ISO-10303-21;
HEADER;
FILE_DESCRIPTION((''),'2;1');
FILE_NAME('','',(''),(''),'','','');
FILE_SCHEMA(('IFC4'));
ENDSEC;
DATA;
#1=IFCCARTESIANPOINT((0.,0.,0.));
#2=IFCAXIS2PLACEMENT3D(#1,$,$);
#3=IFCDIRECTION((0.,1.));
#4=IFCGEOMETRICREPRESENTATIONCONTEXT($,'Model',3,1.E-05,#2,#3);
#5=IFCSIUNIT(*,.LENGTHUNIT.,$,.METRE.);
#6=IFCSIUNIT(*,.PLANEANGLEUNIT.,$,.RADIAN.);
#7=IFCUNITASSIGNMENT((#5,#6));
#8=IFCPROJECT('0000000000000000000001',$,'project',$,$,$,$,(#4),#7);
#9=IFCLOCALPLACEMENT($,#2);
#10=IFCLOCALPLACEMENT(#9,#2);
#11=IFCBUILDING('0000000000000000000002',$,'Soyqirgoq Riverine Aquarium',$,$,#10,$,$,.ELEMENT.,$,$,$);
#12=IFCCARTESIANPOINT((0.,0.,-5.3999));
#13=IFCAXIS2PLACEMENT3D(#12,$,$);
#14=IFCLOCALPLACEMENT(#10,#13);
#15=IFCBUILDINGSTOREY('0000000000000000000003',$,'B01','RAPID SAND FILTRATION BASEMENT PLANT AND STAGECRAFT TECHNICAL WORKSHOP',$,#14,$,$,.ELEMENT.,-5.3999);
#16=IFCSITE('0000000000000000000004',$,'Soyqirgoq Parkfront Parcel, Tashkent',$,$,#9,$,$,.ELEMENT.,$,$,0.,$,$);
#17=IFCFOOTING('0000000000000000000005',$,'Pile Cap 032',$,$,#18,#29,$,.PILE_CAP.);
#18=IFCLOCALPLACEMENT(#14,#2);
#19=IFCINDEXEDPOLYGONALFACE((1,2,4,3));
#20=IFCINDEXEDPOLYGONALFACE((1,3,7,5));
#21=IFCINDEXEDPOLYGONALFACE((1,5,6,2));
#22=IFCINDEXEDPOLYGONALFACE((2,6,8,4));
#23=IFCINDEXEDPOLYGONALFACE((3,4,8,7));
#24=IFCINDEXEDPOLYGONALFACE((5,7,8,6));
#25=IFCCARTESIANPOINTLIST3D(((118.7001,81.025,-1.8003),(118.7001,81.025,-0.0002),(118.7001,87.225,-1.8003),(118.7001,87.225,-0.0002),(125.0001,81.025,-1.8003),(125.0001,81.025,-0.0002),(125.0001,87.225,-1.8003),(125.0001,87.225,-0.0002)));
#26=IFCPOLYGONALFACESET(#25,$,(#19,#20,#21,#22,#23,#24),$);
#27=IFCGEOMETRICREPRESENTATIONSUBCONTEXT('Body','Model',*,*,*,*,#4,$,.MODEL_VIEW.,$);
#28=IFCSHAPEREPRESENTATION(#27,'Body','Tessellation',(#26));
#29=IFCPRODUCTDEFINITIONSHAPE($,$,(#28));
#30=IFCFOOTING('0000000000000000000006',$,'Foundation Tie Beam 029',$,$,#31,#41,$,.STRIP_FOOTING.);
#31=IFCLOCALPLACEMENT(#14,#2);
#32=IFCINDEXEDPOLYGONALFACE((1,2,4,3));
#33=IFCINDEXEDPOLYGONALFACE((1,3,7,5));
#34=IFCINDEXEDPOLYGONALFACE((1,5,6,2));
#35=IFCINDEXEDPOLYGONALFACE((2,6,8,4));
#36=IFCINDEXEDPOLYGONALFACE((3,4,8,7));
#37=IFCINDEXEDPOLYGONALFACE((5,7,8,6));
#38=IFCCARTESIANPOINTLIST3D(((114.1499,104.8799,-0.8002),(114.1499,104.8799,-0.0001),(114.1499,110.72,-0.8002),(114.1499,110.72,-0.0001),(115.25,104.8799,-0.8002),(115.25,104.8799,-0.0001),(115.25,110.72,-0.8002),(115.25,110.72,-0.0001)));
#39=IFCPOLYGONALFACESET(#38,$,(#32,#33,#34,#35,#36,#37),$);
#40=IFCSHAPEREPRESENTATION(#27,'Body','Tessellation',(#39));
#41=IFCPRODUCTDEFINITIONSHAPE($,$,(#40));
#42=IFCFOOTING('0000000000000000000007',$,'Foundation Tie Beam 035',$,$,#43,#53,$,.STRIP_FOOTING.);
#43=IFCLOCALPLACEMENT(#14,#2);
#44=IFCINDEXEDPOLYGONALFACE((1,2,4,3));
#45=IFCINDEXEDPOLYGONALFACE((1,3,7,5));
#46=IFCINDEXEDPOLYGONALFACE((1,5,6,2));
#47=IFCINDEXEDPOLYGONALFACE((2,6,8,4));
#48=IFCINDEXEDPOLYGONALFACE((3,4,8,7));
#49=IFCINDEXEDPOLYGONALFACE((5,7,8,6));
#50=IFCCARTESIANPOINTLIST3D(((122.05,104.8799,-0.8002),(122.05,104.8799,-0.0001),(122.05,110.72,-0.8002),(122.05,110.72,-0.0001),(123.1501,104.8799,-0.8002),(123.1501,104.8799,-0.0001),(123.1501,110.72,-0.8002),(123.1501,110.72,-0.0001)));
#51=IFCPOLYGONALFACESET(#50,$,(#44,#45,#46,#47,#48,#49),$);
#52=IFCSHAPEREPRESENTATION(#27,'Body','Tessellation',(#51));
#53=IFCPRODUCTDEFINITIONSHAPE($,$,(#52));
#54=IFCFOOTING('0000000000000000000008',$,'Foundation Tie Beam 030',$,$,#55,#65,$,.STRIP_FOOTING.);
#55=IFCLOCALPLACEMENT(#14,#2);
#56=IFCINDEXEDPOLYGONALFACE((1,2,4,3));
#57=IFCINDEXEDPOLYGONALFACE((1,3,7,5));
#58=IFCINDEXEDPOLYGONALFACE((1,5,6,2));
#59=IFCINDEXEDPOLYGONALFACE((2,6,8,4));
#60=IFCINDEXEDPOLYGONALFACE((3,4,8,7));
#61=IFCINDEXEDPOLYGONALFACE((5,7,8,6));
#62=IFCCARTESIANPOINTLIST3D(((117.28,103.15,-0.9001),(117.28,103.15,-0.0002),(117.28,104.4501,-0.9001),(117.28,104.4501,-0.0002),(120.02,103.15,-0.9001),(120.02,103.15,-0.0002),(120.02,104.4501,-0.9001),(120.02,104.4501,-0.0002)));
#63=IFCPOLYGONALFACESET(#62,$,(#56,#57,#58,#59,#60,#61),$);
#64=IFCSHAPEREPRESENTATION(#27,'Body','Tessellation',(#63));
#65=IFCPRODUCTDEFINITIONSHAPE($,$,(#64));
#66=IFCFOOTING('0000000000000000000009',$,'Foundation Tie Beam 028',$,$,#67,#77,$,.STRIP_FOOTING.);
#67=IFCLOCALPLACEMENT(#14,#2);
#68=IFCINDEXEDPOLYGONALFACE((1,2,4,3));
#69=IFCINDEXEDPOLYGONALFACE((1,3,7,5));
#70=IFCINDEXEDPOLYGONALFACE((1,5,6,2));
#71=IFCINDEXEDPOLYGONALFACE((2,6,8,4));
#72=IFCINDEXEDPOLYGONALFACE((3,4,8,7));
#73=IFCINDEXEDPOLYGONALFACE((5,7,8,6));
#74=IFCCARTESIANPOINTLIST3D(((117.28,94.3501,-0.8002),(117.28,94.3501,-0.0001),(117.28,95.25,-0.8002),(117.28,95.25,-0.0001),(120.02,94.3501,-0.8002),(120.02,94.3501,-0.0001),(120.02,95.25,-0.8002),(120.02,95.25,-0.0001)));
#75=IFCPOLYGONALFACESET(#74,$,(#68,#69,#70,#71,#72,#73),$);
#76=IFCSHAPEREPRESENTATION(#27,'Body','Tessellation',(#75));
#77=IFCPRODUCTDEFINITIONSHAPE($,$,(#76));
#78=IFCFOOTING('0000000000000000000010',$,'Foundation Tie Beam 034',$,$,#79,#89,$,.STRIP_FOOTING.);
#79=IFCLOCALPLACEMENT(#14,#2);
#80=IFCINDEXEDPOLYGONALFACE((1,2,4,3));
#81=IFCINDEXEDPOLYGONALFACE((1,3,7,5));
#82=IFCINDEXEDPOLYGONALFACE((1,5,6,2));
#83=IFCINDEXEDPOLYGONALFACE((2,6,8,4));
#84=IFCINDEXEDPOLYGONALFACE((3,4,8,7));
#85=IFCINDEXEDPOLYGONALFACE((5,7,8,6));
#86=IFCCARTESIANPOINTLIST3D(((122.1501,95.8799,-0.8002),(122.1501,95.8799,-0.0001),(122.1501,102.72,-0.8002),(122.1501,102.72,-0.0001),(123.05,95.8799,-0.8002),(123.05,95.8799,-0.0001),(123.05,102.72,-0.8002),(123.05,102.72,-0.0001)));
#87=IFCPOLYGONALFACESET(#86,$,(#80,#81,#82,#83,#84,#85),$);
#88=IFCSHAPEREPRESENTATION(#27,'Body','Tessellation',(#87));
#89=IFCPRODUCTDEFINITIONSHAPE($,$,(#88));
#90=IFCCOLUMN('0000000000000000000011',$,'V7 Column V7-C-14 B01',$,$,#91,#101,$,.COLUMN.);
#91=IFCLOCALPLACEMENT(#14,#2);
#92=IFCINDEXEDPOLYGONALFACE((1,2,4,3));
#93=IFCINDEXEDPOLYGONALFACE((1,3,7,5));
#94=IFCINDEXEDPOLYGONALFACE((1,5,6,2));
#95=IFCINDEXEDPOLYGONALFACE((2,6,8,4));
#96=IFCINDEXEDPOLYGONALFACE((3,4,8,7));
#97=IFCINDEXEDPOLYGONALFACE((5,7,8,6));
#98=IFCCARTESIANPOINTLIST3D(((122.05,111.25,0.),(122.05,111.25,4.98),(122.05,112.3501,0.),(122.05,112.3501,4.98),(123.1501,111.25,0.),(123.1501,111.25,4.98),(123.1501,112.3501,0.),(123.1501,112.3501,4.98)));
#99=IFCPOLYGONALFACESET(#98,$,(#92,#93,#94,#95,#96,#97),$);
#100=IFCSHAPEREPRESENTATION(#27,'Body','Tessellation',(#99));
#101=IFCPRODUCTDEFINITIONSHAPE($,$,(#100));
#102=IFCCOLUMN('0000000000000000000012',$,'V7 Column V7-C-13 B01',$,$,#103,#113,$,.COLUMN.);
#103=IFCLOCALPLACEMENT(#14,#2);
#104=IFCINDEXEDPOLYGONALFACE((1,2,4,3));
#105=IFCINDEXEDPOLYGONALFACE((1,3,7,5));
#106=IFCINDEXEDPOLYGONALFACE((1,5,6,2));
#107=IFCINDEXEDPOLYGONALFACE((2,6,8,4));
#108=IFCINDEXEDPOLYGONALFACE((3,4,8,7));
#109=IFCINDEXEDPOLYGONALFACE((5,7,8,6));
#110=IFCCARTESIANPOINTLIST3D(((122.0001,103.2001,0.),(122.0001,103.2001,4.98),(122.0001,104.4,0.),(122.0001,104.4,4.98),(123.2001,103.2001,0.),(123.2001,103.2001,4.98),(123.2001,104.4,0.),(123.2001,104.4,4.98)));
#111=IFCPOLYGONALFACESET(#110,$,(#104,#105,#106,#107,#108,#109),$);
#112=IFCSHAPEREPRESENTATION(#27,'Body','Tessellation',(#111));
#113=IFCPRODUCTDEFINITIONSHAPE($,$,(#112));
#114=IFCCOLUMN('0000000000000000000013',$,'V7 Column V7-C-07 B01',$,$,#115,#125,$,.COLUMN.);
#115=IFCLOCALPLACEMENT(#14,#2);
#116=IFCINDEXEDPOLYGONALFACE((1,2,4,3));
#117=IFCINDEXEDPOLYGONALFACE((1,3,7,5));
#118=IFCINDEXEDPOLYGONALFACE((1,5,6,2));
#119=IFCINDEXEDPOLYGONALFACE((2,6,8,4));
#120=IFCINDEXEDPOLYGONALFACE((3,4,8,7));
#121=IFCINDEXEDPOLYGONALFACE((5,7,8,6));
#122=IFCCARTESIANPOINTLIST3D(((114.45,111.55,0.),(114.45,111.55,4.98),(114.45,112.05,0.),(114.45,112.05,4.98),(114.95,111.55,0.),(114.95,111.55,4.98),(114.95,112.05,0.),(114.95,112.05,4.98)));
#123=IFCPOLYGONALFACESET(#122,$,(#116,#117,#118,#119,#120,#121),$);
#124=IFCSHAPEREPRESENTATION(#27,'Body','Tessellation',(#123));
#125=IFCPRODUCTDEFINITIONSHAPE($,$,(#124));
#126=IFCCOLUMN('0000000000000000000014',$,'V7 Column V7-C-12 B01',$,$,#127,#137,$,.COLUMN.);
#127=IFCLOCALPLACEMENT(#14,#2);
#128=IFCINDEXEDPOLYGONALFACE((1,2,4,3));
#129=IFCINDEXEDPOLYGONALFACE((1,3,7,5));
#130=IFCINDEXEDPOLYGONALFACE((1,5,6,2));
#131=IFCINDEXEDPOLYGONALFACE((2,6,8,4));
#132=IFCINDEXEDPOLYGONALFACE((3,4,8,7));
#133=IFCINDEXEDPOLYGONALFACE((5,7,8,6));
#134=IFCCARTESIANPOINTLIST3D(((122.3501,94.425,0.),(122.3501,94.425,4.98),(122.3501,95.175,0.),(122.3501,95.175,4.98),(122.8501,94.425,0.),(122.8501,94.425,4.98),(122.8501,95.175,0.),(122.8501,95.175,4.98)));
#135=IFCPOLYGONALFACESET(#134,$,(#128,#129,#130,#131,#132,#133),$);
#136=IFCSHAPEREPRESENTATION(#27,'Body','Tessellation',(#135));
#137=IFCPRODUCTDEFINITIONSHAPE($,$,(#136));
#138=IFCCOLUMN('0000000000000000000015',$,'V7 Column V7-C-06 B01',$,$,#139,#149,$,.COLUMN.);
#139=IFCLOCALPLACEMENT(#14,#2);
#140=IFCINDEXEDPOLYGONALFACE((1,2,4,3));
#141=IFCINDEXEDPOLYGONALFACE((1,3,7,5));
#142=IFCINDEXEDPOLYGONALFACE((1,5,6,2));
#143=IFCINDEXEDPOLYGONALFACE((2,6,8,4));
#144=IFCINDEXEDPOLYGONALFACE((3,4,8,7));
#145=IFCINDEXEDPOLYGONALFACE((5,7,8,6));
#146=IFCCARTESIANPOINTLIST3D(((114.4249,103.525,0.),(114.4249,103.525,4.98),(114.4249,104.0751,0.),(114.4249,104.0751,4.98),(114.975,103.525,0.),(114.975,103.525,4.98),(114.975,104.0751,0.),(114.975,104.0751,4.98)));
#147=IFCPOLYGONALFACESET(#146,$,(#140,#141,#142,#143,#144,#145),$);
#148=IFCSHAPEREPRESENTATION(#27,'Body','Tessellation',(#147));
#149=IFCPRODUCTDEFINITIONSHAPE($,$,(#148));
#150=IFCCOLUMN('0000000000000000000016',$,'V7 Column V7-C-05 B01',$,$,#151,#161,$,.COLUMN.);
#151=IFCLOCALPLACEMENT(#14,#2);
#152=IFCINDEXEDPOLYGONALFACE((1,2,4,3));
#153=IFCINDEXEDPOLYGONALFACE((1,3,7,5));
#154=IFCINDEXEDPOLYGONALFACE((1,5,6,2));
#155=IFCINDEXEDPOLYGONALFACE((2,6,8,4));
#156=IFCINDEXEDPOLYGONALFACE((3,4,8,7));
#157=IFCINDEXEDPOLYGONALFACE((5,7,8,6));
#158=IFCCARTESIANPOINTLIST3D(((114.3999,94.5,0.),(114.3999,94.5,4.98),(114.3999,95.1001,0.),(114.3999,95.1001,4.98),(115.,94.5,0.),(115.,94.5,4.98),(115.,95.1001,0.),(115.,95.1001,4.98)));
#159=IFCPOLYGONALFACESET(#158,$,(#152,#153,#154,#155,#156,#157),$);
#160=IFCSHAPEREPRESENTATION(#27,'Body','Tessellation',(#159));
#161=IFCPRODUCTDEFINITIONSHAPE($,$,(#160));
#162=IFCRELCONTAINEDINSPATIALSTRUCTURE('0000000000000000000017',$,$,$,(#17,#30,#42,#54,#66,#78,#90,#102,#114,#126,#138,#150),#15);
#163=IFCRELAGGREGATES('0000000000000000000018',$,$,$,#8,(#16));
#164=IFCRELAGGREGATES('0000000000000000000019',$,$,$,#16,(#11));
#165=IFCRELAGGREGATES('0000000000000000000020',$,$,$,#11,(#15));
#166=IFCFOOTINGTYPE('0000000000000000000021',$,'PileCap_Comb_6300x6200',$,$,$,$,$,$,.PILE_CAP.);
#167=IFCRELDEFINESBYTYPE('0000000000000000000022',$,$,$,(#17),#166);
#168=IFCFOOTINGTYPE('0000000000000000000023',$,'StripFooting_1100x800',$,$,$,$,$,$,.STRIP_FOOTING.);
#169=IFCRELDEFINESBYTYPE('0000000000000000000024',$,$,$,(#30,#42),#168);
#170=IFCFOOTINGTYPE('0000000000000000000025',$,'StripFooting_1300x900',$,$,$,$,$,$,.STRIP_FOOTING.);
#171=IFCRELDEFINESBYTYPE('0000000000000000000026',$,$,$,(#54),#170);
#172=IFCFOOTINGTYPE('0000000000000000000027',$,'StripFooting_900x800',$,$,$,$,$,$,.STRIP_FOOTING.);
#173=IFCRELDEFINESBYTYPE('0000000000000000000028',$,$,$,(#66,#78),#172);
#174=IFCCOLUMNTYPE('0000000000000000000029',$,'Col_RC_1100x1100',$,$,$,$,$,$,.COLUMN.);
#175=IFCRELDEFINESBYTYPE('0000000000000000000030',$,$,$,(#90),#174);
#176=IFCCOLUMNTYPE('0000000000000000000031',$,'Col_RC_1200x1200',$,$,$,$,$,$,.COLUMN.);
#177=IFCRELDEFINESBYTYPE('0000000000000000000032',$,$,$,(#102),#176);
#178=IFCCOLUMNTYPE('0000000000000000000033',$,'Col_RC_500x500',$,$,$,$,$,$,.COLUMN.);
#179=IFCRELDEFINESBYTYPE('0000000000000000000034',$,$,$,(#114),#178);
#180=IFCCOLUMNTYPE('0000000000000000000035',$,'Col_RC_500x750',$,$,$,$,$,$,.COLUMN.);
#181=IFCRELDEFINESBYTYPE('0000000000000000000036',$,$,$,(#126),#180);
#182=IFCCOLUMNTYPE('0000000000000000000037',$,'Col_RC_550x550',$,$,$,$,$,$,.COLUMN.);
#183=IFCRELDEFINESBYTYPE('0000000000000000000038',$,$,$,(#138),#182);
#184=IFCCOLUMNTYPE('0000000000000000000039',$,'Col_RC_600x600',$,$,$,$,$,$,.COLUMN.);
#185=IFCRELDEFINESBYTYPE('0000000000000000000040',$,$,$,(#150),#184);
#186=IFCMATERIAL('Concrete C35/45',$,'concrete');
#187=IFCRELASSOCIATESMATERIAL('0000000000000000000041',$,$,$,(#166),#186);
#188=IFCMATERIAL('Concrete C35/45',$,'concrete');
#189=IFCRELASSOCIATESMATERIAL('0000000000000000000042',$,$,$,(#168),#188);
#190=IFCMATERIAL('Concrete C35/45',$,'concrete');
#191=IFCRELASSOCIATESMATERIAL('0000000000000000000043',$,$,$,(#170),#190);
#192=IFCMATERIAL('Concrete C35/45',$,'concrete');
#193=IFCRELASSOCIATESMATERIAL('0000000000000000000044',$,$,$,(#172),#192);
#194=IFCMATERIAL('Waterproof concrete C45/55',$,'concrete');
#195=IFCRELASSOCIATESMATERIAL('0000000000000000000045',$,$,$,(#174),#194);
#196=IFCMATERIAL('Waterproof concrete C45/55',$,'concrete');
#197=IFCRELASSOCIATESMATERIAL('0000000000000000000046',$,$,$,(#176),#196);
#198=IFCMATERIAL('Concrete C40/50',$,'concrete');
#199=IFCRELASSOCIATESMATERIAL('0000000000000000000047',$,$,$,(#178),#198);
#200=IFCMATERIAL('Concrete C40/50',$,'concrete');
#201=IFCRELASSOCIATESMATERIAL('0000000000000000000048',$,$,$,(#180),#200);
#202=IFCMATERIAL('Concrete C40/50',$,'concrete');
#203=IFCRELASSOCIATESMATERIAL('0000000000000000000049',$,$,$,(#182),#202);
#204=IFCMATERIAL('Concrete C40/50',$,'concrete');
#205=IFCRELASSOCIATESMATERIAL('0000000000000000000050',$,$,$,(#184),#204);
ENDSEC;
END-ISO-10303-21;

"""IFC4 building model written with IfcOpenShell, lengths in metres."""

from ifc_helpers import new_model, si_unit, direction, frame, origin, origin_2d, place, context, subcontext, project, spatial, rectangle, extrude, material, material_profile, profile_set, type_object, element, save


model = new_model("IFC4")

# Units and contexts
model_context = context("Model", 3, precision=1e-05, world=origin(), true_north=direction((0.0, 1.0)))
body_context = subcontext(model_context, "Body", "Model", "MODEL_VIEW")
ifc_project = project(units=[si_unit("LENGTHUNIT", "METRE"), si_unit("PLANEANGLEUNIT", "RADIAN")], contexts=[model_context])

# Site, building, storey
site_placement = place(None, origin())
site = spatial("IfcSite", under=ifc_project, at=site_placement, Name="Soyqirgoq Parkfront Parcel, Tashkent", CompositionType="ELEMENT", RefElevation=0.0)
building_placement = place(site_placement, origin())
building = spatial("IfcBuilding", under=site, at=building_placement, Name="Soyqirgoq Riverine Aquarium", CompositionType="ELEMENT")
storey_placement = place(building_placement, frame((0.0, 0.0, -5.3999)))
storey = spatial("IfcBuildingStorey", under=building, at=storey_placement, Name="B01", Description="RAPID SAND FILTRATION BASEMENT PLANT AND STAGECRAFT TECHNICAL WORKSHOP", CompositionType="ELEMENT", Elevation=-5.3999)

# Footings
ifc_material_1 = material(Name="Concrete C35/45", Category="concrete")
footing_type_1 = type_object("IfcFootingType", Name="PileCap_Comb_6300x6200", PredefinedType="PILE_CAP", material=ifc_material_1)
footing_1_placement = place(storey_placement, frame((121.8501, 84.125, -1.8003), z_axis=(0.0, 0.0, 1.0), x_axis=(1.0, 0.0, 0.0)))
element("IfcFooting", 1, at=footing_1_placement, inside=storey, type_object=footing_type_1, Name="Pile Cap 032", PredefinedType="PILE_CAP", context=body_context, shape_type="SweptSolid", body=[
    extrude(rectangle(XDim=6.3, YDim=6.2, at=origin_2d()), origin(), (0.0, 0.0, 1.0), 1.8),
])
ifc_material_2 = material(Name="Concrete C35/45", Category="concrete")
ifc_material_profile_1 = material_profile(ifc_material_2, rectangle(XDim=1.1001, YDim=0.8, at=origin_2d()), Name="RC 1100x800")
ifc_profile_set_1 = profile_set([ifc_material_profile_1], Name="Concrete C35/45")
footing_type_2 = type_object("IfcFootingType", Name="StripFooting_1100x800", PredefinedType="STRIP_FOOTING", material=ifc_profile_set_1)
for number, where, z_axis, x_axis, name in (
    (2, (114.7, 104.8799, -0.4001), (0.0, 1.0, 0.0), (-1.0, 0.0, 0.0), "Foundation Tie Beam 029"),
    (3, (122.6001, 104.8799, -0.4001), (0.0, 1.0, 0.0), (-1.0, 0.0, 0.0), "Foundation Tie Beam 035"),
):
    element("IfcFooting", number, at=place(storey_placement, frame(where, z_axis=z_axis, x_axis=x_axis)), inside=storey, type_object=footing_type_2, Name=name, PredefinedType="STRIP_FOOTING", context=body_context, shape_type="SweptSolid", body=[
        extrude(rectangle(XDim=1.1001, YDim=0.8, at=origin_2d()), origin(), (0.0, 0.0, 1.0), 5.8401),
    ])
ifc_material_3 = material(Name="Concrete C35/45", Category="concrete")
ifc_material_profile_2 = material_profile(ifc_material_3, rectangle(XDim=1.3, YDim=0.8999, at=origin_2d()), Name="RC 1300x900")
ifc_profile_set_2 = profile_set([ifc_material_profile_2], Name="Concrete C35/45")
footing_type_3 = type_object("IfcFootingType", Name="StripFooting_1300x900", PredefinedType="STRIP_FOOTING", material=ifc_profile_set_2)
footing_2_placement = place(storey_placement, frame((117.28, 103.8, -0.4502), z_axis=(1.0, 0.0, 0.0), x_axis=(0.0, 1.0, 0.0)))
element("IfcFooting", 4, at=footing_2_placement, inside=storey, type_object=footing_type_3, Name="Foundation Tie Beam 030", PredefinedType="STRIP_FOOTING", context=body_context, shape_type="SweptSolid", body=[
    extrude(rectangle(XDim=1.3, YDim=0.8999, at=origin_2d()), origin(), (0.0, 0.0, 1.0), 2.74),
])
ifc_material_4 = material(Name="Concrete C35/45", Category="concrete")
ifc_material_profile_3 = material_profile(ifc_material_4, rectangle(XDim=0.8999, YDim=0.8, at=origin_2d()), Name="RC 900x800")
ifc_profile_set_3 = profile_set([ifc_material_profile_3], Name="Concrete C35/45")
footing_type_4 = type_object("IfcFootingType", Name="StripFooting_900x800", PredefinedType="STRIP_FOOTING", material=ifc_profile_set_3)
footing_3_placement = place(storey_placement, frame((117.28, 94.8, -0.4001), z_axis=(1.0, 0.0, 0.0), x_axis=(0.0, 1.0, 0.0)))
element("IfcFooting", 5, at=footing_3_placement, inside=storey, type_object=footing_type_4, Name="Foundation Tie Beam 028", PredefinedType="STRIP_FOOTING", context=body_context, shape_type="SweptSolid", body=[
    extrude(rectangle(XDim=0.8999, YDim=0.8, at=origin_2d()), origin(), (0.0, 0.0, 1.0), 2.74),
])
footing_4_placement = place(storey_placement, frame((122.6001, 95.8799, -0.4001), z_axis=(0.0, 1.0, 0.0), x_axis=(-1.0, 0.0, 0.0)))
element("IfcFooting", 6, at=footing_4_placement, inside=storey, type_object=footing_type_4, Name="Foundation Tie Beam 034", PredefinedType="STRIP_FOOTING", context=body_context, shape_type="SweptSolid", body=[
    extrude(rectangle(XDim=0.8999, YDim=0.8, at=origin_2d()), origin(), (0.0, 0.0, 1.0), 6.8401),
])

# Columns
ifc_material_5 = material(Name="Waterproof concrete C45/55", Category="concrete")
ifc_material_profile_4 = material_profile(ifc_material_5, rectangle(XDim=1.1001, YDim=1.1001, at=origin_2d()), Name="RC 1100x1100")
ifc_profile_set_4 = profile_set([ifc_material_profile_4], Name="Waterproof concrete C45/55")
column_type_1 = type_object("IfcColumnType", Name="Col_RC_1100x1100", PredefinedType="COLUMN", material=ifc_profile_set_4)
column_1_placement = place(storey_placement, frame((122.6001, 111.8, 0.0), z_axis=(0.0, 0.0, 1.0), x_axis=(1.0, 0.0, 0.0)))
element("IfcColumn", 7, at=column_1_placement, inside=storey, type_object=column_type_1, Name="V7 Column V7-C-14 B01", PredefinedType="COLUMN", context=body_context, shape_type="SweptSolid", body=[
    extrude(rectangle(XDim=1.1001, YDim=1.1001, at=origin_2d()), origin(), (0.0, 0.0, 1.0), 4.98),
])
ifc_material_6 = material(Name="Waterproof concrete C45/55", Category="concrete")
ifc_material_profile_5 = material_profile(ifc_material_6, rectangle(XDim=1.2, YDim=1.2, at=origin_2d()), Name="RC 1200x1200")
ifc_profile_set_5 = profile_set([ifc_material_profile_5], Name="Waterproof concrete C45/55")
column_type_2 = type_object("IfcColumnType", Name="Col_RC_1200x1200", PredefinedType="COLUMN", material=ifc_profile_set_5)
column_2_placement = place(storey_placement, frame((122.6001, 103.8, 0.0), z_axis=(0.0, 0.0, 1.0), x_axis=(1.0, 0.0, 0.0)))
element("IfcColumn", 8, at=column_2_placement, inside=storey, type_object=column_type_2, Name="V7 Column V7-C-13 B01", PredefinedType="COLUMN", context=body_context, shape_type="SweptSolid", body=[
    extrude(rectangle(XDim=1.2, YDim=1.2, at=origin_2d()), origin(), (0.0, 0.0, 1.0), 4.98),
])
ifc_material_7 = material(Name="Concrete C40/50", Category="concrete")
ifc_material_profile_6 = material_profile(ifc_material_7, rectangle(XDim=0.5, YDim=0.5, at=origin_2d()), Name="RC 500x500")
ifc_profile_set_6 = profile_set([ifc_material_profile_6], Name="Concrete C40/50")
column_type_3 = type_object("IfcColumnType", Name="Col_RC_500x500", PredefinedType="COLUMN", material=ifc_profile_set_6)
column_3_placement = place(storey_placement, frame((114.7, 111.8, 0.0), z_axis=(0.0, 0.0, 1.0), x_axis=(1.0, 0.0, 0.0)))
element("IfcColumn", 9, at=column_3_placement, inside=storey, type_object=column_type_3, Name="V7 Column V7-C-07 B01", PredefinedType="COLUMN", context=body_context, shape_type="SweptSolid", body=[
    extrude(rectangle(XDim=0.5, YDim=0.5, at=origin_2d()), origin(), (0.0, 0.0, 1.0), 4.98),
])
ifc_material_8 = material(Name="Concrete C40/50", Category="concrete")
ifc_material_profile_7 = material_profile(ifc_material_8, rectangle(XDim=0.5, YDim=0.75, at=origin_2d()), Name="RC-COL 500x750")
ifc_profile_set_7 = profile_set([ifc_material_profile_7], Name="Concrete C40/50")
column_type_4 = type_object("IfcColumnType", Name="Col_RC_500x750", PredefinedType="COLUMN", material=ifc_profile_set_7)
column_4_placement = place(storey_placement, frame((122.6001, 94.8, 0.0), z_axis=(0.0, 0.0, 1.0), x_axis=(1.0, 0.0, 0.0)))
element("IfcColumn", 10, at=column_4_placement, inside=storey, type_object=column_type_4, Name="V7 Column V7-C-12 B01", PredefinedType="COLUMN", context=body_context, shape_type="SweptSolid", body=[
    extrude(rectangle(XDim=0.5, YDim=0.75, at=origin_2d()), origin(), (0.0, 0.0, 1.0), 4.98),
])
ifc_material_9 = material(Name="Concrete C40/50", Category="concrete")
ifc_material_profile_8 = material_profile(ifc_material_9, rectangle(XDim=0.55, YDim=0.55, at=origin_2d()), Name="RC 550x550")
ifc_profile_set_8 = profile_set([ifc_material_profile_8], Name="Concrete C40/50")
column_type_5 = type_object("IfcColumnType", Name="Col_RC_550x550", PredefinedType="COLUMN", material=ifc_profile_set_8)
column_5_placement = place(storey_placement, frame((114.7, 103.8, 0.0), z_axis=(0.0, 0.0, 1.0), x_axis=(1.0, 0.0, 0.0)))
element("IfcColumn", 11, at=column_5_placement, inside=storey, type_object=column_type_5, Name="V7 Column V7-C-06 B01", PredefinedType="COLUMN", context=body_context, shape_type="SweptSolid", body=[
    extrude(rectangle(XDim=0.55, YDim=0.55, at=origin_2d()), origin(), (0.0, 0.0, 1.0), 4.98),
])
ifc_material_10 = material(Name="Concrete C40/50", Category="concrete")
ifc_material_profile_9 = material_profile(ifc_material_10, rectangle(XDim=0.6001, YDim=0.6001, at=origin_2d()), Name="RC 600x600")
ifc_profile_set_9 = profile_set([ifc_material_profile_9], Name="Concrete C40/50")
column_type_6 = type_object("IfcColumnType", Name="Col_RC_600x600", PredefinedType="COLUMN", material=ifc_profile_set_9)
column_6_placement = place(storey_placement, frame((114.7, 94.8, 0.0), z_axis=(0.0, 0.0, 1.0), x_axis=(1.0, 0.0, 0.0)))
element("IfcColumn", 12, at=column_6_placement, inside=storey, type_object=column_type_6, Name="V7 Column V7-C-05 B01", PredefinedType="COLUMN", context=body_context, shape_type="SweptSolid", body=[
    extrude(rectangle(XDim=0.6001, YDim=0.6001, at=origin_2d()), origin(), (0.0, 0.0, 1.0), 4.98),
])

save(model, "model.ifc")
